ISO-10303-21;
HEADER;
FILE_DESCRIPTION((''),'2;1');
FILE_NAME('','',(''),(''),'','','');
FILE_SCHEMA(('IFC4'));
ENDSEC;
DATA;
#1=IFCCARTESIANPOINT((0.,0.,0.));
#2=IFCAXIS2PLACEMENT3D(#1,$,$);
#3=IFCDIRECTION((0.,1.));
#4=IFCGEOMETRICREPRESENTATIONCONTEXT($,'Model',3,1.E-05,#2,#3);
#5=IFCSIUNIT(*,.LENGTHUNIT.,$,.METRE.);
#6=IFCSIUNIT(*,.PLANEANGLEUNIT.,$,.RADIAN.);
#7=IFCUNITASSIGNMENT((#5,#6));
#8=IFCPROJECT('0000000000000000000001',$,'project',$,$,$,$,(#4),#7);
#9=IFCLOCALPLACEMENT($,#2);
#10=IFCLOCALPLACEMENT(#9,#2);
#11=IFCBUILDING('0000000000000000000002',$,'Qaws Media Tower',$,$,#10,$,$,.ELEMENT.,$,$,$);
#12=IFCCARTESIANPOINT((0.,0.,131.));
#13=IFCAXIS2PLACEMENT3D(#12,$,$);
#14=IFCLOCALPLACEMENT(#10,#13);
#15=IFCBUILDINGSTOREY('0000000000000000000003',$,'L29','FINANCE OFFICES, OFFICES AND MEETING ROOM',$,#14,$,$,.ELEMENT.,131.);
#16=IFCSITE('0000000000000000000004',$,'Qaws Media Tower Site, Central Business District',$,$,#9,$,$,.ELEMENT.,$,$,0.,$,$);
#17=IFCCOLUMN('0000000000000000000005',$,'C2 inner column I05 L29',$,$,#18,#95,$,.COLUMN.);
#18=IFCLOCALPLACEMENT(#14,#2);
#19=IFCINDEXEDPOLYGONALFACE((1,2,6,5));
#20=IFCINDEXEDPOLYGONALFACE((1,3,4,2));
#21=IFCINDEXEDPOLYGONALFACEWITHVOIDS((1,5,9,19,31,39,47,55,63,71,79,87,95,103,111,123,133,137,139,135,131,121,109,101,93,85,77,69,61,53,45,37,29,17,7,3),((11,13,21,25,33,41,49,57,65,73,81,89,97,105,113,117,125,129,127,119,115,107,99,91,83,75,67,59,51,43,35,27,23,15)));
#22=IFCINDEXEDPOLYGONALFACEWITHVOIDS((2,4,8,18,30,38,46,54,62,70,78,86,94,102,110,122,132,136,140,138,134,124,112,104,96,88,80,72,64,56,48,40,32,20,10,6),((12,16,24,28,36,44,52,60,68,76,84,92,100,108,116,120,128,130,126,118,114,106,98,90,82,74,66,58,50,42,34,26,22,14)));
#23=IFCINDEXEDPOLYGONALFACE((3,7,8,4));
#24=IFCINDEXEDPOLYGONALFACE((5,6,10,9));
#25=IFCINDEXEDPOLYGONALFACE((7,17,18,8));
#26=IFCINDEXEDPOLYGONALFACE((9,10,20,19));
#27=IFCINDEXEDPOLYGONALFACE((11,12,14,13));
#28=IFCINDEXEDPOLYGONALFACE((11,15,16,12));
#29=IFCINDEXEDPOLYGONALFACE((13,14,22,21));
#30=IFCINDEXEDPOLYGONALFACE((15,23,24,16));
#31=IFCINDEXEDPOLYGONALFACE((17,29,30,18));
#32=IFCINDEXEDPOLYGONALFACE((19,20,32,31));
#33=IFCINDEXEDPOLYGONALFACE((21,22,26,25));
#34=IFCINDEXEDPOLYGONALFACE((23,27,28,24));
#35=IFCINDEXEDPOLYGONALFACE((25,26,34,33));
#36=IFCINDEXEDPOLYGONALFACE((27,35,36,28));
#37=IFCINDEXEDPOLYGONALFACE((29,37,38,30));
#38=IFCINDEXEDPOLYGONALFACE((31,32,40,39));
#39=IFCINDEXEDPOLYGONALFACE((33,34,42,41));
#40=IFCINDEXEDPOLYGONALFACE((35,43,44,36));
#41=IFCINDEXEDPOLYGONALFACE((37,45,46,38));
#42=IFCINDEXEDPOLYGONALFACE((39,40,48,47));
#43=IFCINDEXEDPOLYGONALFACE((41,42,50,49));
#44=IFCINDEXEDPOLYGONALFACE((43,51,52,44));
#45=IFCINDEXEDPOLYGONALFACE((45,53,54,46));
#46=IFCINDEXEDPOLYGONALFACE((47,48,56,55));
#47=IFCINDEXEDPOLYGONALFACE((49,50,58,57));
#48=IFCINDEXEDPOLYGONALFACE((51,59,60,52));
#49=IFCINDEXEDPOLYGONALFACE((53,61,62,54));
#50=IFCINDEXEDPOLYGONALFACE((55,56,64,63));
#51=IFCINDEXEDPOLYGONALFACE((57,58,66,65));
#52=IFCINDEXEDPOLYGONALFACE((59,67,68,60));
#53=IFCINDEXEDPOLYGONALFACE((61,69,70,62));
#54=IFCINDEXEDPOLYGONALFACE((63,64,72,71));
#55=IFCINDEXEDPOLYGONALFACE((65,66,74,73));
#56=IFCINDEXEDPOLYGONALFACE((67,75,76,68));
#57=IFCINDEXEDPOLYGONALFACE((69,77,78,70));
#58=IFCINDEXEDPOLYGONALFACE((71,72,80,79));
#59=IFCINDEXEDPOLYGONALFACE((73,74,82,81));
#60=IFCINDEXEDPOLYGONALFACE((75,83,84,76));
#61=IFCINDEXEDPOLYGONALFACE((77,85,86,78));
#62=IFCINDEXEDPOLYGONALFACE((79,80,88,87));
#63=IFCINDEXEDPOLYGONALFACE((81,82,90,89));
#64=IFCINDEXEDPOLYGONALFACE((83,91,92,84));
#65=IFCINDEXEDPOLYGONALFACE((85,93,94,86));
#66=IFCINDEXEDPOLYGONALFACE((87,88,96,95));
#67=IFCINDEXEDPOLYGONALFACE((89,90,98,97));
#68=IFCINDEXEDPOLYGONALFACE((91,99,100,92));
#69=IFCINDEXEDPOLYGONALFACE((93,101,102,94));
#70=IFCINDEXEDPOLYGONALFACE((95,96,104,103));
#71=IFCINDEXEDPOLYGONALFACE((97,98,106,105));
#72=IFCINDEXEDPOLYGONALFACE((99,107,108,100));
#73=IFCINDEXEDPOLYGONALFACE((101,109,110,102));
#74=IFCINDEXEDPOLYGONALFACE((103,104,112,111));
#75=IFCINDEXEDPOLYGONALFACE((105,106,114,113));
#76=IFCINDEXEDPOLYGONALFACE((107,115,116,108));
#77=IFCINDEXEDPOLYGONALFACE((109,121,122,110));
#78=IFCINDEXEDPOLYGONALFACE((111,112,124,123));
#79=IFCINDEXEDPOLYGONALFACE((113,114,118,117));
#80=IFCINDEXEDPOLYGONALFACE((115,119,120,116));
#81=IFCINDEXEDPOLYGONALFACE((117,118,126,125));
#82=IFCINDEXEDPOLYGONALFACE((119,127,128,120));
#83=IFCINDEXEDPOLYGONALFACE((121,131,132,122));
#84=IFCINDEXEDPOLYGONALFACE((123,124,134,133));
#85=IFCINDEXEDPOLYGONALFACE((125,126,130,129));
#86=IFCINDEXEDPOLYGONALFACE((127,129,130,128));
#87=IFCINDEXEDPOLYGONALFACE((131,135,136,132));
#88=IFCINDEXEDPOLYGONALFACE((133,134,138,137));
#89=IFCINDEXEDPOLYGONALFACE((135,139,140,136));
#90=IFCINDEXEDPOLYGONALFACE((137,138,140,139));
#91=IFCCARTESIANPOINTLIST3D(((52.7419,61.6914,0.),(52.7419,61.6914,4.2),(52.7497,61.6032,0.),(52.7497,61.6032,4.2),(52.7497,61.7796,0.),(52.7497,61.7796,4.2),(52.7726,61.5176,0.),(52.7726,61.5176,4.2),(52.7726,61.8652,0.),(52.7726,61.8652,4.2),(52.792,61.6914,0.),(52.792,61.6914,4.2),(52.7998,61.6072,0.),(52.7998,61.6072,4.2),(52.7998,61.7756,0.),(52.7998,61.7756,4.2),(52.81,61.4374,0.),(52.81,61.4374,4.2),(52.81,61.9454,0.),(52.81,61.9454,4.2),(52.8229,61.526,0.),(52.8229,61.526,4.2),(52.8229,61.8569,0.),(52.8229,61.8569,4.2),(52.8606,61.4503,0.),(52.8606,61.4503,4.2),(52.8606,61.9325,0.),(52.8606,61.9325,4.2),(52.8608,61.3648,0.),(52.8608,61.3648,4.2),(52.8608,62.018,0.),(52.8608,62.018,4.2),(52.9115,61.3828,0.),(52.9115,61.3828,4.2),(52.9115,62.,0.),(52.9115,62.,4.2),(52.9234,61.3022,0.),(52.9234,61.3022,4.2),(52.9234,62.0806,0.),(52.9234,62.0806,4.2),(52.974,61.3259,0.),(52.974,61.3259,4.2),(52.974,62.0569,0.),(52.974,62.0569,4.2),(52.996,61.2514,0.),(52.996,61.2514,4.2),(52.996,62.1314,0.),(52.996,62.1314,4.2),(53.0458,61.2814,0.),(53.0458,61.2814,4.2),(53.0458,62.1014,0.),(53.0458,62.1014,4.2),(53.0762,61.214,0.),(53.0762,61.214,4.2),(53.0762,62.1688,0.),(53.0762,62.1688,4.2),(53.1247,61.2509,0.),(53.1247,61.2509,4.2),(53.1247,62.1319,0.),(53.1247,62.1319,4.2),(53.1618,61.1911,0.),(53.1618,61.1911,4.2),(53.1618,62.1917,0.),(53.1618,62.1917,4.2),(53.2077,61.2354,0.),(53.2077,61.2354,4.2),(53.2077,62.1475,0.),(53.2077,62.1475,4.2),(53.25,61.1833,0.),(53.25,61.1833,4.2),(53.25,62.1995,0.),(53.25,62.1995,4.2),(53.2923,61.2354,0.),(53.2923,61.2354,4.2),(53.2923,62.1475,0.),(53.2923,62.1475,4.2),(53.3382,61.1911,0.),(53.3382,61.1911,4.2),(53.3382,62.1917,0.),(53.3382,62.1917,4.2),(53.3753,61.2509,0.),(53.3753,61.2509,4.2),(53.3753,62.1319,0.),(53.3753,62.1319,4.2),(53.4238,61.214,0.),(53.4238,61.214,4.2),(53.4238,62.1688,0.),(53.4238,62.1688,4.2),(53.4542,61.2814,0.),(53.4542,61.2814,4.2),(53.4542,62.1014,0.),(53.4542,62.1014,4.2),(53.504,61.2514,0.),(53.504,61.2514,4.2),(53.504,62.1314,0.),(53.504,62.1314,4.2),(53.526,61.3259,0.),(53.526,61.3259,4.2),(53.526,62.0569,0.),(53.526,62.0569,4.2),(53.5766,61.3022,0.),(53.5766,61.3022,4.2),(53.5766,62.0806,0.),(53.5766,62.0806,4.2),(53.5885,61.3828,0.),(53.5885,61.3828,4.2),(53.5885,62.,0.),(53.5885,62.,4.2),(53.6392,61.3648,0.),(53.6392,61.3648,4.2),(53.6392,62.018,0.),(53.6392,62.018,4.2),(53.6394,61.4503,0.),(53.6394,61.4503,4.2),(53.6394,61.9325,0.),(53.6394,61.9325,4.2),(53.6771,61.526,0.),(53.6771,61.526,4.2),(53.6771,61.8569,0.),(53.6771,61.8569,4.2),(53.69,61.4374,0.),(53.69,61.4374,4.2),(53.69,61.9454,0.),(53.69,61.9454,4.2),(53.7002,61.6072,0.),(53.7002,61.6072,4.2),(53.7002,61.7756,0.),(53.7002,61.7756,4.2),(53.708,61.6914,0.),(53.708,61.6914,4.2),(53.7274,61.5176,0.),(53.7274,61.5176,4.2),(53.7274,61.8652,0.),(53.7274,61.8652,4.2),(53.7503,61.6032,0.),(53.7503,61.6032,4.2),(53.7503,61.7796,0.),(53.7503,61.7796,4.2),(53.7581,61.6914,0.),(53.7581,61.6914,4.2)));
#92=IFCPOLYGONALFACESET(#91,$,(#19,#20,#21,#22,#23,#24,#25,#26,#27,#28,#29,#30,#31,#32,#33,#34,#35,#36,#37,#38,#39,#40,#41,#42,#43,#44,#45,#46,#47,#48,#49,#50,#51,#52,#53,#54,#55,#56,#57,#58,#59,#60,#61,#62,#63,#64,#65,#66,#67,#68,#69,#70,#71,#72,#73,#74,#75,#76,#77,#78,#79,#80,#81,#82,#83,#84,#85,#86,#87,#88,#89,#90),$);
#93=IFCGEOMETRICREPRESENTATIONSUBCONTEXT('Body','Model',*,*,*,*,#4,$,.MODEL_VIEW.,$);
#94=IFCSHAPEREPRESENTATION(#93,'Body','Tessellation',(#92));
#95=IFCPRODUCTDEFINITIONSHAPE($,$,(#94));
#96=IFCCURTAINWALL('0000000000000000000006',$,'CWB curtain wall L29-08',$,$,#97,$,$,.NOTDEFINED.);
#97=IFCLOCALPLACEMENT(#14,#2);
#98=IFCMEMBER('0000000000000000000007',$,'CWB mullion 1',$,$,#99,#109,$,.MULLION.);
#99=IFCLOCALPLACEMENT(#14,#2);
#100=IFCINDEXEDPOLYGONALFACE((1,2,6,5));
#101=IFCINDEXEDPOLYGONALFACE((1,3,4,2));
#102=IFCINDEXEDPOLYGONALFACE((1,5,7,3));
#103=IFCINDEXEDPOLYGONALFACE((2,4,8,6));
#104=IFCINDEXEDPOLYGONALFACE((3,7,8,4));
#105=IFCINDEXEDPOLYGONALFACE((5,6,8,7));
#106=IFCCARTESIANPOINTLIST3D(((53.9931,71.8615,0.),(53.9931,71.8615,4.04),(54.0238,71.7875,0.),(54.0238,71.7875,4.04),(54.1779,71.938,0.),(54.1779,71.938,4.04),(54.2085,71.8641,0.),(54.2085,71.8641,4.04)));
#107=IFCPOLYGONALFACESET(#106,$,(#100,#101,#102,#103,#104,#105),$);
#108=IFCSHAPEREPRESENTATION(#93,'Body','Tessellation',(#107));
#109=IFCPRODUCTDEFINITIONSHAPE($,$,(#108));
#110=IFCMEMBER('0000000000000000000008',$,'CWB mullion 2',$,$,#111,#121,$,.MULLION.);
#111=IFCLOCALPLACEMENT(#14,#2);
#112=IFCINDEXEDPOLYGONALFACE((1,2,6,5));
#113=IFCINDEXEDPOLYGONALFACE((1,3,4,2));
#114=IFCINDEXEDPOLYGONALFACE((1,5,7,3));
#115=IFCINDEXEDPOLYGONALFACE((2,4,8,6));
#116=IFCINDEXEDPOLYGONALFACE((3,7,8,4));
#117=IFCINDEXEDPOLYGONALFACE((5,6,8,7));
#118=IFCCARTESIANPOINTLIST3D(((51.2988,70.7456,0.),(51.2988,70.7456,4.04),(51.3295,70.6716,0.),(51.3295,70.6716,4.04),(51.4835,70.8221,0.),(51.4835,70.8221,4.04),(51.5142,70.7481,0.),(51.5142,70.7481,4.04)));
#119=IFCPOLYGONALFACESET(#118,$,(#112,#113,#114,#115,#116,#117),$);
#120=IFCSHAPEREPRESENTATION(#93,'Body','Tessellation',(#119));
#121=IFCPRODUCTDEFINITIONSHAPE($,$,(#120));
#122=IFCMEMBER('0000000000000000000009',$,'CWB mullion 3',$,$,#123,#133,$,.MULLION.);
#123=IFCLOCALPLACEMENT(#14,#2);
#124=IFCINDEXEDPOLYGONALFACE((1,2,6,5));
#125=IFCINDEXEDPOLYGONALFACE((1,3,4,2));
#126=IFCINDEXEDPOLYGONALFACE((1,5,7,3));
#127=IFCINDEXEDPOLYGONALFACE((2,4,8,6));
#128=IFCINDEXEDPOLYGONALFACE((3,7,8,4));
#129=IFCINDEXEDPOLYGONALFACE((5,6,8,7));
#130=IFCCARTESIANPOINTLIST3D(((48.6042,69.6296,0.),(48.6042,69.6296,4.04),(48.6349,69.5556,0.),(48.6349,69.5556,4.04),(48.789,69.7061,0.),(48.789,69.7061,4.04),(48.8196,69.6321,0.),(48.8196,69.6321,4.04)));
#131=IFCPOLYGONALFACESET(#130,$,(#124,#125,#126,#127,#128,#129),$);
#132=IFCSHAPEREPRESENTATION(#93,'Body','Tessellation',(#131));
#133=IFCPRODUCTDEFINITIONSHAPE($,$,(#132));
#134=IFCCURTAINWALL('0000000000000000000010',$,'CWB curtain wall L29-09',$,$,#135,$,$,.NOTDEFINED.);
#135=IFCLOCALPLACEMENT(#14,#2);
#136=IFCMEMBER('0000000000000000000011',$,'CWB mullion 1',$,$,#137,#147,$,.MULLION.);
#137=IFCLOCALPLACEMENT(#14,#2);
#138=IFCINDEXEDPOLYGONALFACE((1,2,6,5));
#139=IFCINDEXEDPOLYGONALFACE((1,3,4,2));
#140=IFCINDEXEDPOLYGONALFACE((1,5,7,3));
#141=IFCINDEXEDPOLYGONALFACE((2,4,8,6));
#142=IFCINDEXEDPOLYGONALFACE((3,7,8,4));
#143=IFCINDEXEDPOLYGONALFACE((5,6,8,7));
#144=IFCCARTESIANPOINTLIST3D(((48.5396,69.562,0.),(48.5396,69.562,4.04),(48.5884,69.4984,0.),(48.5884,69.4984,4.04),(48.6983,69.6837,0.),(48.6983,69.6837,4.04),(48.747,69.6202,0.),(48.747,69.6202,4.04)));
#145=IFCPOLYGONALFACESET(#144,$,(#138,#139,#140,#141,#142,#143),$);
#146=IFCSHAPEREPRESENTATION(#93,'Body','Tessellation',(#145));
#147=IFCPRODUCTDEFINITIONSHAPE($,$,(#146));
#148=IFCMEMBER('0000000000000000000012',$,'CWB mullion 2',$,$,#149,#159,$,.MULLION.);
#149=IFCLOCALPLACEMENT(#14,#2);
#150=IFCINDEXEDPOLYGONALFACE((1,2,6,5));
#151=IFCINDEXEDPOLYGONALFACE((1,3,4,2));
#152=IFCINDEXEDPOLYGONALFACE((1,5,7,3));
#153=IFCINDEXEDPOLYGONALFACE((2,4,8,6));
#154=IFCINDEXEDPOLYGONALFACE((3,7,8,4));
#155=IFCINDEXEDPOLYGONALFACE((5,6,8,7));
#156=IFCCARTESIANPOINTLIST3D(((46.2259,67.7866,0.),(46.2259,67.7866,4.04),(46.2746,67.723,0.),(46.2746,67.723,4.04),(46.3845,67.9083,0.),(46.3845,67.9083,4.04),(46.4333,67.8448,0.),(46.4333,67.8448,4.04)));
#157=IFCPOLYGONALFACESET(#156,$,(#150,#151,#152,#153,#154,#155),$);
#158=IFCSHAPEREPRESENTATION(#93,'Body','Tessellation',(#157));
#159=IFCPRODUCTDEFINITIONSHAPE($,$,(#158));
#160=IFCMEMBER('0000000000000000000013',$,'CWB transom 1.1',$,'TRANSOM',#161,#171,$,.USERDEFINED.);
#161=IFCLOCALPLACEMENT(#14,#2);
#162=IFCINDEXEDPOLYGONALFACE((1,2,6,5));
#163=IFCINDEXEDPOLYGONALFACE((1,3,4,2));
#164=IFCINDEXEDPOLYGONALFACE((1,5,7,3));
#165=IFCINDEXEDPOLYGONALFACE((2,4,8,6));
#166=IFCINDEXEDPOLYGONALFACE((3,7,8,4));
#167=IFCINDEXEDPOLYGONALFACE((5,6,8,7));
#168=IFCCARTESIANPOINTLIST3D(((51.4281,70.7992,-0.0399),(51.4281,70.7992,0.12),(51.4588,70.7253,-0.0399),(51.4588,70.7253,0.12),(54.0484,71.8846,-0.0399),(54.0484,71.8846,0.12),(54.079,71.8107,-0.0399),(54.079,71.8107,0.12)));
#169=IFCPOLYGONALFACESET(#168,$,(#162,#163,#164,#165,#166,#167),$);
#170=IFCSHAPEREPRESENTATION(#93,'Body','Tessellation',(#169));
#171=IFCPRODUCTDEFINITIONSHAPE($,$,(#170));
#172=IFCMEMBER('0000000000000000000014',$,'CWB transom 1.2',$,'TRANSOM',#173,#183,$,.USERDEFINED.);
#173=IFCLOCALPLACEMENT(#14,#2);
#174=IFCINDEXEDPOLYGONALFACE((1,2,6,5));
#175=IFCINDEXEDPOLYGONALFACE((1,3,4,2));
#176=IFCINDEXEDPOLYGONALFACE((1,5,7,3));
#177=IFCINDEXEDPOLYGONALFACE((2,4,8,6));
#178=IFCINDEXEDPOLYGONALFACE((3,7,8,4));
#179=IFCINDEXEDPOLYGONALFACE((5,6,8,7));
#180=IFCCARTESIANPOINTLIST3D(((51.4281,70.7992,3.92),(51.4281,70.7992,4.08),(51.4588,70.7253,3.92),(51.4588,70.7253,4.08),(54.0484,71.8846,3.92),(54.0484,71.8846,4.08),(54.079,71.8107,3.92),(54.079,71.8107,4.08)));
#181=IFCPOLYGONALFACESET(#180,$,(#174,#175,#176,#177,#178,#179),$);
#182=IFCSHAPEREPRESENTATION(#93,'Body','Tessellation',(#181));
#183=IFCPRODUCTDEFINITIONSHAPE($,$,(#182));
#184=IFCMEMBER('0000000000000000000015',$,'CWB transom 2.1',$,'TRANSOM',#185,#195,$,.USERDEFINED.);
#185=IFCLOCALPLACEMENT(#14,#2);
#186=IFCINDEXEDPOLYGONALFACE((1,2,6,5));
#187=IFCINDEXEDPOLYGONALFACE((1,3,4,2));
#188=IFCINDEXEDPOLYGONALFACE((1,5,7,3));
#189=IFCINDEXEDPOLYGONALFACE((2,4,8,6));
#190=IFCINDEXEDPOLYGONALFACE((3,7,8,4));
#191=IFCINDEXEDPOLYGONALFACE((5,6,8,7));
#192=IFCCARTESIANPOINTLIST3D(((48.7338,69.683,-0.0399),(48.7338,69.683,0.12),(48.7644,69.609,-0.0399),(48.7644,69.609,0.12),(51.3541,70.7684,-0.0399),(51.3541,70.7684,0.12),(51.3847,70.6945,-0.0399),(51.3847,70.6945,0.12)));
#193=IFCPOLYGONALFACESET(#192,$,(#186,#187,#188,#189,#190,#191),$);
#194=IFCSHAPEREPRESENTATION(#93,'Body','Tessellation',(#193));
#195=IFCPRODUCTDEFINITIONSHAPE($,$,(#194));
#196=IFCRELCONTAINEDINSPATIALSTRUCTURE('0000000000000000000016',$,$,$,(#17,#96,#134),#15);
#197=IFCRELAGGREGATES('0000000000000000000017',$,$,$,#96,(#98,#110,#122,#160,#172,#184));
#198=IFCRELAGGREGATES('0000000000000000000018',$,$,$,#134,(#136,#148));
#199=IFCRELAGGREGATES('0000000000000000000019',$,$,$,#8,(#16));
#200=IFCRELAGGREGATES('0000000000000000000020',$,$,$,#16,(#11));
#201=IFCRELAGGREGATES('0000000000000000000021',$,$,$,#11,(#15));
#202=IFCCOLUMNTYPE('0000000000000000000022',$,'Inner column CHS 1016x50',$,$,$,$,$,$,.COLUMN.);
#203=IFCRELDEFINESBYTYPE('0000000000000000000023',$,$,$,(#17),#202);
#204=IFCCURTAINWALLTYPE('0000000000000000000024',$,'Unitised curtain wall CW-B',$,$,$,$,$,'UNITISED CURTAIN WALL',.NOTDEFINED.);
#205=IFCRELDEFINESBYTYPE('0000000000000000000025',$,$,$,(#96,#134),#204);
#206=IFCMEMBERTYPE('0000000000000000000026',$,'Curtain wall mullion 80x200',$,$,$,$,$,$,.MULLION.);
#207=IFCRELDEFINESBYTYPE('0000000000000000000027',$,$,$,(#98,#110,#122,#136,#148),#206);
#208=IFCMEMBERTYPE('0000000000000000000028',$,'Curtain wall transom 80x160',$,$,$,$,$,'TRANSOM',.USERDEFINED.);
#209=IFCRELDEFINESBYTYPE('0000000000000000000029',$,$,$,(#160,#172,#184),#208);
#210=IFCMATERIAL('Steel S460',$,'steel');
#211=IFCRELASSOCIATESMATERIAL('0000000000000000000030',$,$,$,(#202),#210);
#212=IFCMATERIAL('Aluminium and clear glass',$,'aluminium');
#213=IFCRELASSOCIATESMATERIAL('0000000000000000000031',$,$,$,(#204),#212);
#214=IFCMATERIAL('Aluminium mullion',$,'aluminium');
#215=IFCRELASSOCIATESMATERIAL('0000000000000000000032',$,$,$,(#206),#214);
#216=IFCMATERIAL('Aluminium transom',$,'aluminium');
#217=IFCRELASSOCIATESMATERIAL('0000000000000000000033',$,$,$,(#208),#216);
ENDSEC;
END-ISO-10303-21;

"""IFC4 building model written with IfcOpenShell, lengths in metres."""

from ifc_helpers import new_model, si_unit, direction, frame, origin, origin_2d, place, context, subcontext, project, spatial, rectangle, hollow_circle, extrude, material, material_profile, profile_set, type_object, element, aggregate, save


model = new_model("IFC4")

# Units and contexts
model_context = context("Model", 3, precision=1e-05, world=origin(), true_north=direction((0.0, 1.0)))
body_context = subcontext(model_context, "Body", "Model", "MODEL_VIEW")
ifc_project = project(units=[si_unit("LENGTHUNIT", "METRE"), si_unit("PLANEANGLEUNIT", "RADIAN")], contexts=[model_context])

# Site, building, storey
site_placement = place(None, origin())
site = spatial("IfcSite", under=ifc_project, at=site_placement, Name="Qaws Media Tower Site, Central Business District", CompositionType="ELEMENT", RefElevation=0.0)
building_placement = place(site_placement, origin())
building = spatial("IfcBuilding", under=site, at=building_placement, Name="Qaws Media Tower", CompositionType="ELEMENT")
storey_placement = place(building_placement, frame((0.0, 0.0, 131.0)))
storey = spatial("IfcBuildingStorey", under=building, at=storey_placement, Name="L29", Description="FINANCE OFFICES, OFFICES AND MEETING ROOM", CompositionType="ELEMENT", Elevation=131.0)

# Column
ifc_material_1 = material(Name="Steel S460", Category="steel")
ifc_material_profile_1 = material_profile(ifc_material_1, hollow_circle(Radius=0.5081, WallThickness=0.05, at=origin_2d()), Name="CHS 1016x50")
ifc_profile_set_1 = profile_set([ifc_material_profile_1], Name="Steel S460")
column_type = type_object("IfcColumnType", Name="Inner column CHS 1016x50", PredefinedType="COLUMN", material=ifc_profile_set_1)
column_placement = place(storey_placement, frame((53.25, 61.6914, 0.0), z_axis=(0.0, 0.0, 1.0), x_axis=(1.0, 0.0, 0.0)))
element("IfcColumn", 1, at=column_placement, inside=storey, type_object=column_type, Name="C2 inner column I05 L29", PredefinedType="COLUMN", context=body_context, shape_type="SweptSolid", body=[
    extrude(hollow_circle(Radius=0.5081, WallThickness=0.05, at=origin_2d()), origin(), (0.0, 0.0, 1.0), 4.2),
])

# Curtain walls, members
ifc_material_2 = material(Name="Aluminium and clear glass", Category="aluminium")
curtain_wall_type = type_object("IfcCurtainWallType", Name="Unitised curtain wall CW-B", ElementType="UNITISED CURTAIN WALL", PredefinedType="NOTDEFINED", material=ifc_material_2)
curtain_wall_1_placement = place(storey_placement, origin())
curtain_wall_1 = element("IfcCurtainWall", 2, at=curtain_wall_1_placement, inside=storey, type_object=curtain_wall_type, Name="CWB curtain wall L29-08", PredefinedType="NOTDEFINED")
ifc_material_3 = material(Name="Aluminium mullion", Category="aluminium")
ifc_material_profile_2 = material_profile(ifc_material_3, rectangle(XDim=0.0801, YDim=0.2, at=origin_2d()), Name="80x200")
ifc_profile_set_2 = profile_set([ifc_material_profile_2], Name="Aluminium mullion")
member_type_1 = type_object("IfcMemberType", Name="Curtain wall mullion 80x200", PredefinedType="MULLION", material=ifc_profile_set_2)
member_1_placement = place(storey_placement, frame((54.1008, 71.8628, 0.0), z_axis=(0.0, 0.0, 1.0), x_axis=(0.382683, -0.92388, 0.0)))
member_1 = element("IfcMember", 3, at=member_1_placement, type_object=member_type_1, Name="CWB mullion 1", PredefinedType="MULLION", context=body_context, shape_type="SweptSolid", body=[
    extrude(rectangle(XDim=0.0801, YDim=0.2, at=origin_2d()), origin(), (0.0, 0.0, 1.0), 4.04),
])
member_2_placement = place(storey_placement, frame((51.4065, 70.7468, 0.0), z_axis=(0.0, 0.0, 1.0), x_axis=(0.382683, -0.92388, 0.0)))
member_2 = element("IfcMember", 4, at=member_2_placement, type_object=member_type_1, Name="CWB mullion 2", PredefinedType="MULLION", context=body_context, shape_type="SweptSolid", body=[
    extrude(rectangle(XDim=0.0801, YDim=0.2, at=origin_2d()), origin(), (0.0, 0.0, 1.0), 4.04),
])
member_3_placement = place(storey_placement, frame((48.7119, 69.6309, 0.0), z_axis=(0.0, 0.0, 1.0), x_axis=(0.382683, -0.92388, 0.0)))
member_3 = element("IfcMember", 5, at=member_3_placement, type_object=member_type_1, Name="CWB mullion 3", PredefinedType="MULLION", context=body_context, shape_type="SweptSolid", body=[
    extrude(rectangle(XDim=0.0801, YDim=0.2, at=origin_2d()), origin(), (0.0, 0.0, 1.0), 4.04),
])
curtain_wall_2_placement = place(storey_placement, origin())
curtain_wall_2 = element("IfcCurtainWall", 6, at=curtain_wall_2_placement, inside=storey, type_object=curtain_wall_type, Name="CWB curtain wall L29-09", PredefinedType="NOTDEFINED")
member_4_placement = place(storey_placement, frame((48.6433, 69.5911, 0.0), z_axis=(0.0, 0.0, 1.0), x_axis=(0.608761, -0.793353, 0.0)))
member_4 = element("IfcMember", 7, at=member_4_placement, type_object=member_type_1, Name="CWB mullion 1", PredefinedType="MULLION", context=body_context, shape_type="SweptSolid", body=[
    extrude(rectangle(XDim=0.0801, YDim=0.2, at=origin_2d()), origin(), (0.0, 0.0, 1.0), 4.04),
])
member_5_placement = place(storey_placement, frame((46.3296, 67.8157, 0.0), z_axis=(0.0, 0.0, 1.0), x_axis=(0.608761, -0.793353, 0.0)))
member_5 = element("IfcMember", 8, at=member_5_placement, type_object=member_type_1, Name="CWB mullion 2", PredefinedType="MULLION", context=body_context, shape_type="SweptSolid", body=[
    extrude(rectangle(XDim=0.0801, YDim=0.2, at=origin_2d()), origin(), (0.0, 0.0, 1.0), 4.04),
])

# Members
ifc_material_4 = material(Name="Aluminium transom", Category="aluminium")
ifc_material_profile_3 = material_profile(ifc_material_4, rectangle(XDim=0.0801, YDim=0.1599, at=origin_2d()), Name="80x160")
ifc_profile_set_3 = profile_set([ifc_material_profile_3], Name="Aluminium transom")
member_type_2 = type_object("IfcMemberType", Name="Curtain wall transom 80x160", ElementType="TRANSOM", PredefinedType="USERDEFINED", material=ifc_profile_set_3)
member_6_placement = place(storey_placement, frame((54.0637, 71.8477, 0.04), z_axis=(-0.923872, -0.382701, 0.0), x_axis=(0.382701, -0.923872, 0.0)))
member_6 = element("IfcMember", 9, at=member_6_placement, type_object=member_type_2, Name="CWB transom 1.1", ObjectType="TRANSOM", PredefinedType="USERDEFINED", context=body_context, shape_type="SweptSolid", body=[
    extrude(rectangle(XDim=0.0801, YDim=0.1599, at=origin_2d()), origin(), (0.0, 0.0, 1.0), 2.8362),
])
member_7_placement = place(storey_placement, frame((54.0637, 71.8477, 4.0), z_axis=(-0.923872, -0.382701, 0.0), x_axis=(0.382701, -0.923872, 0.0)))
member_7 = element("IfcMember", 10, at=member_7_placement, type_object=member_type_2, Name="CWB transom 1.2", ObjectType="TRANSOM", PredefinedType="USERDEFINED", context=body_context, shape_type="SweptSolid", body=[
    extrude(rectangle(XDim=0.0801, YDim=0.1599, at=origin_2d()), origin(), (0.0, 0.0, 1.0), 2.8362),
])
member_8_placement = place(storey_placement, frame((51.3694, 70.7314, 0.04), z_axis=(-0.923872, -0.382701, 0.0), x_axis=(0.382701, -0.923872, 0.0)))
member_8 = element("IfcMember", 11, at=member_8_placement, type_object=member_type_2, Name="CWB transom 2.1", ObjectType="TRANSOM", PredefinedType="USERDEFINED", context=body_context, shape_type="SweptSolid", body=[
    extrude(rectangle(XDim=0.0801, YDim=0.1599, at=origin_2d()), origin(), (0.0, 0.0, 1.0), 2.8362),
])

aggregate(curtain_wall_1, [member_1, member_2, member_3, member_6, member_7, member_8])
aggregate(curtain_wall_2, [member_4, member_5])

save(model, "model.ifc")
